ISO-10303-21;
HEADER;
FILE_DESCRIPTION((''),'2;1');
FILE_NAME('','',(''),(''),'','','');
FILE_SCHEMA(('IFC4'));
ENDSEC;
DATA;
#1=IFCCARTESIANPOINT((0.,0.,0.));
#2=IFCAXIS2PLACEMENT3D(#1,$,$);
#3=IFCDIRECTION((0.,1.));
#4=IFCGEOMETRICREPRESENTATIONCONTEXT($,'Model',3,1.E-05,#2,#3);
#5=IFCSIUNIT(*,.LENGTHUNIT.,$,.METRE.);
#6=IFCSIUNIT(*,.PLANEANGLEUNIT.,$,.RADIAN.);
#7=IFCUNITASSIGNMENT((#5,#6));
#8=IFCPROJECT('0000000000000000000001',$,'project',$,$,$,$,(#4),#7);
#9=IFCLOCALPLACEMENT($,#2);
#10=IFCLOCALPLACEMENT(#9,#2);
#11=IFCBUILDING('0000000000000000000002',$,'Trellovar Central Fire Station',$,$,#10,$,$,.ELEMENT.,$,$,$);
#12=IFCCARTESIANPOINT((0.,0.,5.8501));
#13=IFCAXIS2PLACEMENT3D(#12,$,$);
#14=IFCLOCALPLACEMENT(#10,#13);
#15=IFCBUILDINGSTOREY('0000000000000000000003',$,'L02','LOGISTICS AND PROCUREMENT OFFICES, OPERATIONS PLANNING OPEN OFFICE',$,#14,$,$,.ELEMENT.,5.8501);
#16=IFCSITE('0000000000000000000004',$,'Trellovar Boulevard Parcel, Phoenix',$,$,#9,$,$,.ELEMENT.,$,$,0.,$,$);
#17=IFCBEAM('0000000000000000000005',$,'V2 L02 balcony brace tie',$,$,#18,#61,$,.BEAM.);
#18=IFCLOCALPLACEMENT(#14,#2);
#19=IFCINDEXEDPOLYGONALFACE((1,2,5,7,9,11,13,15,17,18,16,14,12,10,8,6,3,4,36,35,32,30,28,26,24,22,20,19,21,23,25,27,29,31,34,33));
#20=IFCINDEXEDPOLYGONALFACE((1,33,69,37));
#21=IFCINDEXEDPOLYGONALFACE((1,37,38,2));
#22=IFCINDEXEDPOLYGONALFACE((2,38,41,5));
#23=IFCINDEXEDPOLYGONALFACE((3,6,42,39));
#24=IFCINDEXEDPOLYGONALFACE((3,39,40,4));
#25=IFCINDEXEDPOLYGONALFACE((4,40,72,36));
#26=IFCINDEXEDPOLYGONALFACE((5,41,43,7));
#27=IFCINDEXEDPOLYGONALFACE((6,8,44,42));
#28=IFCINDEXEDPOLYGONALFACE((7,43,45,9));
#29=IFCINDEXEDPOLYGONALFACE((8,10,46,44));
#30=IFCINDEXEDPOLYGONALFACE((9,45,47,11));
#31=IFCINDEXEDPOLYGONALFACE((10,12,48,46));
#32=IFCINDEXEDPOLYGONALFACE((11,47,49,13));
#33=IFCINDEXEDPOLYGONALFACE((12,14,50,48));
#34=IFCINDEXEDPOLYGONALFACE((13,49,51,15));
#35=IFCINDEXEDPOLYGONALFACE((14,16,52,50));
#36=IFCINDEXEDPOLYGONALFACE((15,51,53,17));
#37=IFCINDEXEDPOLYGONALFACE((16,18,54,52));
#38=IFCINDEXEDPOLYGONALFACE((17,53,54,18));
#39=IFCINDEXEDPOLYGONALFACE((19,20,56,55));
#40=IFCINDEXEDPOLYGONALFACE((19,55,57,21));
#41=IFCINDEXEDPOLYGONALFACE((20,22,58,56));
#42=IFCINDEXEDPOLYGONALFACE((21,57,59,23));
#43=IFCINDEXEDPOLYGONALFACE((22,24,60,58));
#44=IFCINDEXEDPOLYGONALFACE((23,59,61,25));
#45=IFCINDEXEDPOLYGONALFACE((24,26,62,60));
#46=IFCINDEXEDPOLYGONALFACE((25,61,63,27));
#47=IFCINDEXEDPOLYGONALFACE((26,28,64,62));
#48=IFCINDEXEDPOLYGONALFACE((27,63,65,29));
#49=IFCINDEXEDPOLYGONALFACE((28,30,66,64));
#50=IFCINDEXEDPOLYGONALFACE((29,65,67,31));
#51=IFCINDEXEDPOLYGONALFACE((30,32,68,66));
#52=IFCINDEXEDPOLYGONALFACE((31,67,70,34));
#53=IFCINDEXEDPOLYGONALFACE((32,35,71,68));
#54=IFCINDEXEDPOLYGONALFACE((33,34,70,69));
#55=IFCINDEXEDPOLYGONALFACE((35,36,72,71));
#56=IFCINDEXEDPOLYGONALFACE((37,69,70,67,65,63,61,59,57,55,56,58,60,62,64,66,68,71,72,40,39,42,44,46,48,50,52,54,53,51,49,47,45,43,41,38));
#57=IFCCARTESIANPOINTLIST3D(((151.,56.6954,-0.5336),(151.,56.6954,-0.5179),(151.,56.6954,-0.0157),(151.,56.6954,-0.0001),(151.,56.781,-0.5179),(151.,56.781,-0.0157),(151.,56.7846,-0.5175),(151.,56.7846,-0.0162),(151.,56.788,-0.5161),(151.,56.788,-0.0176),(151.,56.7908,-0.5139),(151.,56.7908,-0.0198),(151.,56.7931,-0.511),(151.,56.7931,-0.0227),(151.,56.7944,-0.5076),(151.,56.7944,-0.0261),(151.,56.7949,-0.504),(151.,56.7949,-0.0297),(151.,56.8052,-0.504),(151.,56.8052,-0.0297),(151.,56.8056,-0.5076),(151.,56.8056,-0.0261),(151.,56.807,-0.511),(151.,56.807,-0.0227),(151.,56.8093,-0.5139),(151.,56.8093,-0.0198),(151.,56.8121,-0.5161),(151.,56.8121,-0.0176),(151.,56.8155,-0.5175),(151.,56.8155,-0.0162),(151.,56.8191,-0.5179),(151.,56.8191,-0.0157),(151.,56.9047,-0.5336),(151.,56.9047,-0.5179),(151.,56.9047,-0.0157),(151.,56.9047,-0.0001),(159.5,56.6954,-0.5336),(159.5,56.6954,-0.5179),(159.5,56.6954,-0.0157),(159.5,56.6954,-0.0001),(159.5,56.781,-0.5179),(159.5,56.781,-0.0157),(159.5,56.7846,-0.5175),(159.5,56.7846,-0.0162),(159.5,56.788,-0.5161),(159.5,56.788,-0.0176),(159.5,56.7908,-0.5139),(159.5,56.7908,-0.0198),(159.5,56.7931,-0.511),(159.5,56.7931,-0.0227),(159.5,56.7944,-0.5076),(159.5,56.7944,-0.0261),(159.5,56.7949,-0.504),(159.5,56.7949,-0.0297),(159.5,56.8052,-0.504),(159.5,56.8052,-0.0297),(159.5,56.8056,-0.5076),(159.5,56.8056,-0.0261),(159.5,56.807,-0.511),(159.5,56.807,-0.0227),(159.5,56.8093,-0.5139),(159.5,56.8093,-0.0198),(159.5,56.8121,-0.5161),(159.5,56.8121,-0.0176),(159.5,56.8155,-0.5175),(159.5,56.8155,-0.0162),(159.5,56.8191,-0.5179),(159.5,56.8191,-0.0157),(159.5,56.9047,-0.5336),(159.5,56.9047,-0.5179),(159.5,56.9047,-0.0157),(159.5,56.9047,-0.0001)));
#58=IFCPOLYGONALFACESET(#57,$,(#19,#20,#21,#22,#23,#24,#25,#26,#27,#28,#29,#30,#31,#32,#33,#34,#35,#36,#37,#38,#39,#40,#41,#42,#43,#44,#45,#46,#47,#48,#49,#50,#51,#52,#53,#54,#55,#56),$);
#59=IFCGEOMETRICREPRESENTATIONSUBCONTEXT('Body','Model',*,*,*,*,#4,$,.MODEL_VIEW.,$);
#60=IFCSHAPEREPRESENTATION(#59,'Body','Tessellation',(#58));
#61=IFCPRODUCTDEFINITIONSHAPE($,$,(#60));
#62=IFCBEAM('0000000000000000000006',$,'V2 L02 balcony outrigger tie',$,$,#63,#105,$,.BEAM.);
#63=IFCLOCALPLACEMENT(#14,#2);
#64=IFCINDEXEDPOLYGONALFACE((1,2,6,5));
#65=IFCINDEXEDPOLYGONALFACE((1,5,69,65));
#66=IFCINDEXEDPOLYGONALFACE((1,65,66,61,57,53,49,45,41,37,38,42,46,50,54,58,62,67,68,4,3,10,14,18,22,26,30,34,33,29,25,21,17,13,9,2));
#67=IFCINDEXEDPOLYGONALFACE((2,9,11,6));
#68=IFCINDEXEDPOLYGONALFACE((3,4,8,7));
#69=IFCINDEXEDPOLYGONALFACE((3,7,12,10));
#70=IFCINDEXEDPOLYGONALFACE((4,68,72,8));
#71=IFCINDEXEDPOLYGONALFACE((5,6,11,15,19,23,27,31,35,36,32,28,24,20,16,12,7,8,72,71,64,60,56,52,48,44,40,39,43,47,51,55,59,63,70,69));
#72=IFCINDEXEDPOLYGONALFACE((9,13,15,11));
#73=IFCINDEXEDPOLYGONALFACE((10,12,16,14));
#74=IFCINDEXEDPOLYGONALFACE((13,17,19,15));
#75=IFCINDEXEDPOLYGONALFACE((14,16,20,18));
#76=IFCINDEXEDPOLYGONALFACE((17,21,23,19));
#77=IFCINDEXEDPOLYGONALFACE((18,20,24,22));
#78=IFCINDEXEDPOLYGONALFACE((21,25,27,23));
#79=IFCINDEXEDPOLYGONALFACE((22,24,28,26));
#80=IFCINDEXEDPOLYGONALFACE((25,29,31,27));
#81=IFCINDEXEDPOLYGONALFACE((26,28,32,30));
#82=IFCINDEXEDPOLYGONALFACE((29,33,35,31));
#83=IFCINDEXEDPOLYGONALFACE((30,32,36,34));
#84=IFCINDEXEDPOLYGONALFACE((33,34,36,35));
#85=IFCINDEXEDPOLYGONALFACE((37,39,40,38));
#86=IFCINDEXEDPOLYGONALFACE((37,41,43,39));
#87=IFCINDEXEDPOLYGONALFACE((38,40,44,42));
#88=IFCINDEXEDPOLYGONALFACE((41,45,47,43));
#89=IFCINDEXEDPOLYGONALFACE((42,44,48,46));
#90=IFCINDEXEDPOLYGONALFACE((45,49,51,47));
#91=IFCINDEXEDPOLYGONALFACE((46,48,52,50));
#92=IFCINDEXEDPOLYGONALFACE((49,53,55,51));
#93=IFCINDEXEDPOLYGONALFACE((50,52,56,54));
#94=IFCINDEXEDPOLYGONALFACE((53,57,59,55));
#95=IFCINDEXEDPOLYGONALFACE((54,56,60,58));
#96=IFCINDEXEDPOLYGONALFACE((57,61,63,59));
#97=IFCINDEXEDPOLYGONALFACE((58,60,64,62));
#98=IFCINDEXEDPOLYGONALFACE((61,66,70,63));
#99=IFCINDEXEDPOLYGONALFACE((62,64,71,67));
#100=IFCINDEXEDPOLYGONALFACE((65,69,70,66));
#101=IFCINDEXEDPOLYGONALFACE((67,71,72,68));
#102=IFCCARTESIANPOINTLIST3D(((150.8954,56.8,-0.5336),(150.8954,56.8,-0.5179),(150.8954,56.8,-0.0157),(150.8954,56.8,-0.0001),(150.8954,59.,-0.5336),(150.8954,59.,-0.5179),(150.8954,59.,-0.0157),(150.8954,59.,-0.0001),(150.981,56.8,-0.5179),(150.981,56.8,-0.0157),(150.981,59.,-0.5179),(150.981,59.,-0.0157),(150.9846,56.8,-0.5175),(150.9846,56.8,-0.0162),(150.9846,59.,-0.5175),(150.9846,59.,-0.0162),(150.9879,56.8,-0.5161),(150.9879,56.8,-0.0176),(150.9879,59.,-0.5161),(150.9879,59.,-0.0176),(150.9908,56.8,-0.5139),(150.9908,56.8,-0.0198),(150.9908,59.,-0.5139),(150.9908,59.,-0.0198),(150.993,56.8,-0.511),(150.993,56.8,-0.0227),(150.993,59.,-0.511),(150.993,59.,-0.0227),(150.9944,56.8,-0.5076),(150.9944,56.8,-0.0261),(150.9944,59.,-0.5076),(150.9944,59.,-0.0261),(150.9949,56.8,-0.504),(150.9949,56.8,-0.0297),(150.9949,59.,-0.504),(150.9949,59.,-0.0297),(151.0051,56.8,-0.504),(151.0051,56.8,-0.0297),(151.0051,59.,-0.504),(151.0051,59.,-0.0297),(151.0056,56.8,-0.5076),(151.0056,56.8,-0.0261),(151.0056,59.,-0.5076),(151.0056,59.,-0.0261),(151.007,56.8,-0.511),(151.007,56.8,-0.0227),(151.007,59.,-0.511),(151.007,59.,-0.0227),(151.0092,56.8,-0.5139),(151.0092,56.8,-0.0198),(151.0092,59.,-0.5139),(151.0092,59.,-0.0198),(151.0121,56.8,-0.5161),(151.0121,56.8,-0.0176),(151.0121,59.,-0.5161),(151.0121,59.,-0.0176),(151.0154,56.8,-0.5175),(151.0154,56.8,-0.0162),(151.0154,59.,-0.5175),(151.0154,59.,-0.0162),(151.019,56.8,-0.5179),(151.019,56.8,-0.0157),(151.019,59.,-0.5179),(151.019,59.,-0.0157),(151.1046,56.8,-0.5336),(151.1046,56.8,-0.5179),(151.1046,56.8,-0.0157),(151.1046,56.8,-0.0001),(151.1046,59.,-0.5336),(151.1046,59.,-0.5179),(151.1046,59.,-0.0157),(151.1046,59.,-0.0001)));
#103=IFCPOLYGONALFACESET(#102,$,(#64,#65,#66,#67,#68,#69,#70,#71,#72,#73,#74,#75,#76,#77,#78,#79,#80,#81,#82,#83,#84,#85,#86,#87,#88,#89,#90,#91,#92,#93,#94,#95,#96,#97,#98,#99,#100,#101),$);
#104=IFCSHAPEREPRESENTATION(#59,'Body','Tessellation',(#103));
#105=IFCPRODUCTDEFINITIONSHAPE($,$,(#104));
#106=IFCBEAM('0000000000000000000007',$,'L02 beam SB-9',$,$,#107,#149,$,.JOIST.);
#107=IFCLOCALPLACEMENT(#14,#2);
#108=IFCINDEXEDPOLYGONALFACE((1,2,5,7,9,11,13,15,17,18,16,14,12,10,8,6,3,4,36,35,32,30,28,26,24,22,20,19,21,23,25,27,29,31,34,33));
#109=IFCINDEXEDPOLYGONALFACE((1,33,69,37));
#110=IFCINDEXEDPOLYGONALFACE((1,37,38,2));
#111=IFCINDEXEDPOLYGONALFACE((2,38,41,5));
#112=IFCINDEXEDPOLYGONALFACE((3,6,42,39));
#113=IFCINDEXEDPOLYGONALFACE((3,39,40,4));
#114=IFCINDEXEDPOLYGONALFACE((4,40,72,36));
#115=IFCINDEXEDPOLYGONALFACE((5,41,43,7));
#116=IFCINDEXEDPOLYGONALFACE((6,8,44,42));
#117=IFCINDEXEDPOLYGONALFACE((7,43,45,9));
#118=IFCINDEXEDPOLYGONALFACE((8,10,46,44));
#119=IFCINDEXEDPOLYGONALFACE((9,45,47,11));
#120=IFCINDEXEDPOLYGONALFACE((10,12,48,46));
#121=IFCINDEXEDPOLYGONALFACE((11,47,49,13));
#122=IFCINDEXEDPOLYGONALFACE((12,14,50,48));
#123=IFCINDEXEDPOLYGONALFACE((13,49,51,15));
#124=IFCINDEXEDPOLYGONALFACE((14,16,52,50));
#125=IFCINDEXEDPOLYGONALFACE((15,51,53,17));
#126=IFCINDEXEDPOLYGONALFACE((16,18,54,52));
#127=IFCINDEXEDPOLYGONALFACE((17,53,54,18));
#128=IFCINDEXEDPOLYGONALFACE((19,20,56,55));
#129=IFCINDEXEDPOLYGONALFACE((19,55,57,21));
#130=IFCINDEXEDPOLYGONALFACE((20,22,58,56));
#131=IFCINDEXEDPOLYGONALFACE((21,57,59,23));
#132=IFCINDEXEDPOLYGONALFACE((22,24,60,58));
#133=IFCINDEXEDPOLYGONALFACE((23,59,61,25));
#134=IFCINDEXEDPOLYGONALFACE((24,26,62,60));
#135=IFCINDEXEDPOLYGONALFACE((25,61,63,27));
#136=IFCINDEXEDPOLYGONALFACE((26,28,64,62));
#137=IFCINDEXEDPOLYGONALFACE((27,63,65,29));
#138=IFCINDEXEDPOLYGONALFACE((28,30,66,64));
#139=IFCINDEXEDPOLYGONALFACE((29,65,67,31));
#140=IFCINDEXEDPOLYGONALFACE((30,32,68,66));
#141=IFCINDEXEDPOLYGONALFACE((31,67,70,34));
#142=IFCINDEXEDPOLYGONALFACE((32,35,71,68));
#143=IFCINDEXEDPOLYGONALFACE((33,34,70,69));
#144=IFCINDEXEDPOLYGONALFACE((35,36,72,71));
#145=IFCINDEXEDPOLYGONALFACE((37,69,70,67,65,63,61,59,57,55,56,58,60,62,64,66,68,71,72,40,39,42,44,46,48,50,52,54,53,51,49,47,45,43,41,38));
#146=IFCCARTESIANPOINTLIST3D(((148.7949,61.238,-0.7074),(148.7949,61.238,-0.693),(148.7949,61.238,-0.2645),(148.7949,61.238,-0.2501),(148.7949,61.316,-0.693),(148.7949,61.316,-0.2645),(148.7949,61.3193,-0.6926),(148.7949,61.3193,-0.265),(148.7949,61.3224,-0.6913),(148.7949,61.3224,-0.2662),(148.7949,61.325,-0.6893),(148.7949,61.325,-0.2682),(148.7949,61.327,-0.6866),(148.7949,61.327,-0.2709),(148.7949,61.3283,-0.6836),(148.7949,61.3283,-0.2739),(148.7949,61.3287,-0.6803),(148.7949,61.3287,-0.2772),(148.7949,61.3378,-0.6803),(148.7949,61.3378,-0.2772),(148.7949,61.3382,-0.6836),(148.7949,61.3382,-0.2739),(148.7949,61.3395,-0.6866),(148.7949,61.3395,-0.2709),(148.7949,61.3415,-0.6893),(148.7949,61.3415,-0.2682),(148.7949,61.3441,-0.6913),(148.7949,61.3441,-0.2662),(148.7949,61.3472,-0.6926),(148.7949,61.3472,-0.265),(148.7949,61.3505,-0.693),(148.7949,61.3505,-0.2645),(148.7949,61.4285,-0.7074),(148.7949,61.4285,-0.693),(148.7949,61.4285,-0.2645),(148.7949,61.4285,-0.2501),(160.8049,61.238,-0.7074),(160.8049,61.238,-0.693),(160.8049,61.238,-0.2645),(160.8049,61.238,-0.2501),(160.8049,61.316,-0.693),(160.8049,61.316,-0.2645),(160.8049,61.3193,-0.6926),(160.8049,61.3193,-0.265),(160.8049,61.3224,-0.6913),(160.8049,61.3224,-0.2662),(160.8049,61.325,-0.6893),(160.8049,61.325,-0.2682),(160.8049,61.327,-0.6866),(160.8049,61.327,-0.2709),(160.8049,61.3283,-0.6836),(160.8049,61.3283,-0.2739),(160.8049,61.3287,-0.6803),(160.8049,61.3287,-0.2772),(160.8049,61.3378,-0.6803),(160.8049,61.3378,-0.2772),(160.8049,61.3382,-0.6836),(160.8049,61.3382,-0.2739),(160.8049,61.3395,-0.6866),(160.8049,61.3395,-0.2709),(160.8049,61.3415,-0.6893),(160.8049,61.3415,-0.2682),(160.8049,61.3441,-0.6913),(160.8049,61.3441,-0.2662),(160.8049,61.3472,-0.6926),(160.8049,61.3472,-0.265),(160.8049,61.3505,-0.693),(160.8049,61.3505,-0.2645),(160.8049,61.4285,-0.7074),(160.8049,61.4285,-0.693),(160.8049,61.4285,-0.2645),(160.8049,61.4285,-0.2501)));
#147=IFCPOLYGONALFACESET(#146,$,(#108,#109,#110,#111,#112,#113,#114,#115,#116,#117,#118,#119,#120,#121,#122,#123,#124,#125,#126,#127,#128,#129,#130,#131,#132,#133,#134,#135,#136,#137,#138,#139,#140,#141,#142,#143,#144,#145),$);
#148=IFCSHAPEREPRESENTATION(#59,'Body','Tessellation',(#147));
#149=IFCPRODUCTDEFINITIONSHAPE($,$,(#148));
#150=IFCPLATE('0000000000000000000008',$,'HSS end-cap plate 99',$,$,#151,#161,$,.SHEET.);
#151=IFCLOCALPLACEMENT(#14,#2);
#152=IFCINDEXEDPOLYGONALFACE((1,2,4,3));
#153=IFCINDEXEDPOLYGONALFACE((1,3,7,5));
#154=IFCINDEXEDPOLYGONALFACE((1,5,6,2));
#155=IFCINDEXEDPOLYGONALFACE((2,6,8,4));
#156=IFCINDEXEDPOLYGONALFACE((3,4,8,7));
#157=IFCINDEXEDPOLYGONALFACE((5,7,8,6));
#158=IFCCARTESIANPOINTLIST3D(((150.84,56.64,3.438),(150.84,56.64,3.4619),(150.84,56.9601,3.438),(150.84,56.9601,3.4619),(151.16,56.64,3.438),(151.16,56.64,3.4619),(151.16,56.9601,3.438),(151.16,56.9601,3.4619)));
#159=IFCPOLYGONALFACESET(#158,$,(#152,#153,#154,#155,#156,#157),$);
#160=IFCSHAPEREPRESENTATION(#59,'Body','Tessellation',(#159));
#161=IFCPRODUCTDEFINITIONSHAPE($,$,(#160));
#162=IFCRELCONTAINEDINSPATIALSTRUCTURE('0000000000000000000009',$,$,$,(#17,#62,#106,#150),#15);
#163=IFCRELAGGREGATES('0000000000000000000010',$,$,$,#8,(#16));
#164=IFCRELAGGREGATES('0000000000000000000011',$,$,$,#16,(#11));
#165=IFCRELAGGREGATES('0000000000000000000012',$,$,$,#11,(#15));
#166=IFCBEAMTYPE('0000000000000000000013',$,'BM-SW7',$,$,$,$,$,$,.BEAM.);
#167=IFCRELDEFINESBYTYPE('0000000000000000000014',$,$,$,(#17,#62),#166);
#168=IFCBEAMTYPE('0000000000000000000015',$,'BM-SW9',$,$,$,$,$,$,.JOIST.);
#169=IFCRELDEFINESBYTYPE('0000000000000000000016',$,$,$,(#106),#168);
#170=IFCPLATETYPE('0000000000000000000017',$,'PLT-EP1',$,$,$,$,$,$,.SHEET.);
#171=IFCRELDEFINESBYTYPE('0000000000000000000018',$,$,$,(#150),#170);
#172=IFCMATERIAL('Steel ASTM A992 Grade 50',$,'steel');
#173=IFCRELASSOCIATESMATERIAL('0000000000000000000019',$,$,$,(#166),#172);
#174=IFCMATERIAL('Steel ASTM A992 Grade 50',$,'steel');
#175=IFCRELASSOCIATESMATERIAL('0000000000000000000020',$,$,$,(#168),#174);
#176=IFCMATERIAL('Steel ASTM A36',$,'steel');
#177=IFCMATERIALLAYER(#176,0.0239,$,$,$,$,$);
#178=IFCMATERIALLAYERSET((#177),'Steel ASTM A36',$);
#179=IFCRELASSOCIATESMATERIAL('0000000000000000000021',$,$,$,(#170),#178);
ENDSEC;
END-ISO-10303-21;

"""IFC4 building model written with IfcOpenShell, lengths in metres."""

from ifc_helpers import new_model, si_unit, direction, frame, origin, origin_2d, place, context, subcontext, project, spatial, rectangle, i_section, extrude, material, layer, layer_set, material_profile, profile_set, type_object, element, save


model = new_model("IFC4")

# Units and contexts
model_context = context("Model", 3, precision=1e-05, world=origin(), true_north=direction((0.0, 1.0)))
body_context = subcontext(model_context, "Body", "Model", "MODEL_VIEW")
ifc_project = project(units=[si_unit("LENGTHUNIT", "METRE"), si_unit("PLANEANGLEUNIT", "RADIAN")], contexts=[model_context])

# Site, building, storey
site_placement = place(None, origin())
site = spatial("IfcSite", under=ifc_project, at=site_placement, Name="Trellovar Boulevard Parcel, Phoenix", CompositionType="ELEMENT", RefElevation=0.0)
building_placement = place(site_placement, origin())
building = spatial("IfcBuilding", under=site, at=building_placement, Name="Trellovar Central Fire Station", CompositionType="ELEMENT")
storey_placement = place(building_placement, frame((0.0, 0.0, 5.8501)))
storey = spatial("IfcBuildingStorey", under=building, at=storey_placement, Name="L02", Description="LOGISTICS AND PROCUREMENT OFFICES, OPERATIONS PLANNING OPEN OFFICE", CompositionType="ELEMENT", Elevation=5.8501)

# Beams
ifc_material_1 = material(Name="Steel ASTM A992 Grade 50", Category="steel")
ifc_material_profile_1 = material_profile(ifc_material_1, i_section(OverallWidth=0.2092, OverallDepth=0.5334, WebThickness=0.0103, FlangeThickness=0.0156, FilletRadius=0.0139, at=origin_2d()), Name="W21X62")
ifc_profile_set_1 = profile_set([ifc_material_profile_1], Name="Steel ASTM A992 Grade 50")
beam_type_1 = type_object("IfcBeamType", Name="BM-SW7", PredefinedType="BEAM", material=ifc_profile_set_1)
beam_1_placement = place(storey_placement, frame((151.0, 56.8, -0.2668), z_axis=(1.0, 0.0, 0.0), x_axis=(0.0, 1.0, 0.0)))
element("IfcBeam", 1, at=beam_1_placement, inside=storey, type_object=beam_type_1, Name="V2 L02 balcony brace tie", PredefinedType="BEAM", context=body_context, shape_type="SweptSolid", body=[
    extrude(i_section(OverallWidth=0.2092, OverallDepth=0.5334, WebThickness=0.0103, FlangeThickness=0.0156, FilletRadius=0.0139, at=origin_2d()), origin(), (0.0, 0.0, 1.0), 8.5),
])
beam_2_placement = place(storey_placement, frame((151.0, 56.8, -0.2668), z_axis=(0.0, 1.0, 0.0), x_axis=(-1.0, 0.0, 0.0)))
element("IfcBeam", 2, at=beam_2_placement, inside=storey, type_object=beam_type_1, Name="V2 L02 balcony outrigger tie", PredefinedType="BEAM", context=body_context, shape_type="SweptSolid", body=[
    extrude(i_section(OverallWidth=0.2092, OverallDepth=0.5334, WebThickness=0.0103, FlangeThickness=0.0156, FilletRadius=0.0139, at=origin_2d()), origin(), (0.0, 0.0, 1.0), 2.2),
])
ifc_material_2 = material(Name="Steel ASTM A992 Grade 50", Category="steel")
ifc_material_profile_2 = material_profile(ifc_material_2, i_section(OverallWidth=0.1904, OverallDepth=0.4573, WebThickness=0.009, FlangeThickness=0.0144, FilletRadius=0.0127, at=origin_2d()), Name="W18X50")
ifc_profile_set_2 = profile_set([ifc_material_profile_2], Name="Steel ASTM A992 Grade 50")
beam_type_2 = type_object("IfcBeamType", Name="BM-SW9", PredefinedType="JOIST", material=ifc_profile_set_2)
beam_3_placement = place(storey_placement, frame((148.7949, 61.3333, -0.4788), z_axis=(1.0, 0.0, 0.0), x_axis=(0.0, 1.0, 0.0)))
element("IfcBeam", 3, at=beam_3_placement, inside=storey, type_object=beam_type_2, Name="L02 beam SB-9", PredefinedType="JOIST", context=body_context, shape_type="SweptSolid", body=[
    extrude(i_section(OverallWidth=0.1904, OverallDepth=0.4573, WebThickness=0.009, FlangeThickness=0.0144, FilletRadius=0.0127, at=origin_2d()), origin(), (0.0, 0.0, 1.0), 12.01),
])

# Plate
ifc_material_3 = material(Name="Steel ASTM A36", Category="steel")
ifc_layer_1 = layer(ifc_material_3, 0.0239)
ifc_layer_set_1 = layer_set([ifc_layer_1], Name="Steel ASTM A36")
plate_type = type_object("IfcPlateType", Name="PLT-EP1", PredefinedType="SHEET", material=ifc_layer_set_1)
plate_placement = place(storey_placement, frame((151.0, 56.8, 3.438), z_axis=(0.0, 0.0, 1.0), x_axis=(1.0, 0.0, 0.0)))
element("IfcPlate", 4, at=plate_placement, inside=storey, type_object=plate_type, Name="HSS end-cap plate 99", PredefinedType="SHEET", context=body_context, shape_type="SweptSolid", body=[
    extrude(rectangle(XDim=0.3201, YDim=0.3201, at=origin_2d()), origin(), (0.0, 0.0, 1.0), 0.0239),
])

save(model, "model.ifc")
